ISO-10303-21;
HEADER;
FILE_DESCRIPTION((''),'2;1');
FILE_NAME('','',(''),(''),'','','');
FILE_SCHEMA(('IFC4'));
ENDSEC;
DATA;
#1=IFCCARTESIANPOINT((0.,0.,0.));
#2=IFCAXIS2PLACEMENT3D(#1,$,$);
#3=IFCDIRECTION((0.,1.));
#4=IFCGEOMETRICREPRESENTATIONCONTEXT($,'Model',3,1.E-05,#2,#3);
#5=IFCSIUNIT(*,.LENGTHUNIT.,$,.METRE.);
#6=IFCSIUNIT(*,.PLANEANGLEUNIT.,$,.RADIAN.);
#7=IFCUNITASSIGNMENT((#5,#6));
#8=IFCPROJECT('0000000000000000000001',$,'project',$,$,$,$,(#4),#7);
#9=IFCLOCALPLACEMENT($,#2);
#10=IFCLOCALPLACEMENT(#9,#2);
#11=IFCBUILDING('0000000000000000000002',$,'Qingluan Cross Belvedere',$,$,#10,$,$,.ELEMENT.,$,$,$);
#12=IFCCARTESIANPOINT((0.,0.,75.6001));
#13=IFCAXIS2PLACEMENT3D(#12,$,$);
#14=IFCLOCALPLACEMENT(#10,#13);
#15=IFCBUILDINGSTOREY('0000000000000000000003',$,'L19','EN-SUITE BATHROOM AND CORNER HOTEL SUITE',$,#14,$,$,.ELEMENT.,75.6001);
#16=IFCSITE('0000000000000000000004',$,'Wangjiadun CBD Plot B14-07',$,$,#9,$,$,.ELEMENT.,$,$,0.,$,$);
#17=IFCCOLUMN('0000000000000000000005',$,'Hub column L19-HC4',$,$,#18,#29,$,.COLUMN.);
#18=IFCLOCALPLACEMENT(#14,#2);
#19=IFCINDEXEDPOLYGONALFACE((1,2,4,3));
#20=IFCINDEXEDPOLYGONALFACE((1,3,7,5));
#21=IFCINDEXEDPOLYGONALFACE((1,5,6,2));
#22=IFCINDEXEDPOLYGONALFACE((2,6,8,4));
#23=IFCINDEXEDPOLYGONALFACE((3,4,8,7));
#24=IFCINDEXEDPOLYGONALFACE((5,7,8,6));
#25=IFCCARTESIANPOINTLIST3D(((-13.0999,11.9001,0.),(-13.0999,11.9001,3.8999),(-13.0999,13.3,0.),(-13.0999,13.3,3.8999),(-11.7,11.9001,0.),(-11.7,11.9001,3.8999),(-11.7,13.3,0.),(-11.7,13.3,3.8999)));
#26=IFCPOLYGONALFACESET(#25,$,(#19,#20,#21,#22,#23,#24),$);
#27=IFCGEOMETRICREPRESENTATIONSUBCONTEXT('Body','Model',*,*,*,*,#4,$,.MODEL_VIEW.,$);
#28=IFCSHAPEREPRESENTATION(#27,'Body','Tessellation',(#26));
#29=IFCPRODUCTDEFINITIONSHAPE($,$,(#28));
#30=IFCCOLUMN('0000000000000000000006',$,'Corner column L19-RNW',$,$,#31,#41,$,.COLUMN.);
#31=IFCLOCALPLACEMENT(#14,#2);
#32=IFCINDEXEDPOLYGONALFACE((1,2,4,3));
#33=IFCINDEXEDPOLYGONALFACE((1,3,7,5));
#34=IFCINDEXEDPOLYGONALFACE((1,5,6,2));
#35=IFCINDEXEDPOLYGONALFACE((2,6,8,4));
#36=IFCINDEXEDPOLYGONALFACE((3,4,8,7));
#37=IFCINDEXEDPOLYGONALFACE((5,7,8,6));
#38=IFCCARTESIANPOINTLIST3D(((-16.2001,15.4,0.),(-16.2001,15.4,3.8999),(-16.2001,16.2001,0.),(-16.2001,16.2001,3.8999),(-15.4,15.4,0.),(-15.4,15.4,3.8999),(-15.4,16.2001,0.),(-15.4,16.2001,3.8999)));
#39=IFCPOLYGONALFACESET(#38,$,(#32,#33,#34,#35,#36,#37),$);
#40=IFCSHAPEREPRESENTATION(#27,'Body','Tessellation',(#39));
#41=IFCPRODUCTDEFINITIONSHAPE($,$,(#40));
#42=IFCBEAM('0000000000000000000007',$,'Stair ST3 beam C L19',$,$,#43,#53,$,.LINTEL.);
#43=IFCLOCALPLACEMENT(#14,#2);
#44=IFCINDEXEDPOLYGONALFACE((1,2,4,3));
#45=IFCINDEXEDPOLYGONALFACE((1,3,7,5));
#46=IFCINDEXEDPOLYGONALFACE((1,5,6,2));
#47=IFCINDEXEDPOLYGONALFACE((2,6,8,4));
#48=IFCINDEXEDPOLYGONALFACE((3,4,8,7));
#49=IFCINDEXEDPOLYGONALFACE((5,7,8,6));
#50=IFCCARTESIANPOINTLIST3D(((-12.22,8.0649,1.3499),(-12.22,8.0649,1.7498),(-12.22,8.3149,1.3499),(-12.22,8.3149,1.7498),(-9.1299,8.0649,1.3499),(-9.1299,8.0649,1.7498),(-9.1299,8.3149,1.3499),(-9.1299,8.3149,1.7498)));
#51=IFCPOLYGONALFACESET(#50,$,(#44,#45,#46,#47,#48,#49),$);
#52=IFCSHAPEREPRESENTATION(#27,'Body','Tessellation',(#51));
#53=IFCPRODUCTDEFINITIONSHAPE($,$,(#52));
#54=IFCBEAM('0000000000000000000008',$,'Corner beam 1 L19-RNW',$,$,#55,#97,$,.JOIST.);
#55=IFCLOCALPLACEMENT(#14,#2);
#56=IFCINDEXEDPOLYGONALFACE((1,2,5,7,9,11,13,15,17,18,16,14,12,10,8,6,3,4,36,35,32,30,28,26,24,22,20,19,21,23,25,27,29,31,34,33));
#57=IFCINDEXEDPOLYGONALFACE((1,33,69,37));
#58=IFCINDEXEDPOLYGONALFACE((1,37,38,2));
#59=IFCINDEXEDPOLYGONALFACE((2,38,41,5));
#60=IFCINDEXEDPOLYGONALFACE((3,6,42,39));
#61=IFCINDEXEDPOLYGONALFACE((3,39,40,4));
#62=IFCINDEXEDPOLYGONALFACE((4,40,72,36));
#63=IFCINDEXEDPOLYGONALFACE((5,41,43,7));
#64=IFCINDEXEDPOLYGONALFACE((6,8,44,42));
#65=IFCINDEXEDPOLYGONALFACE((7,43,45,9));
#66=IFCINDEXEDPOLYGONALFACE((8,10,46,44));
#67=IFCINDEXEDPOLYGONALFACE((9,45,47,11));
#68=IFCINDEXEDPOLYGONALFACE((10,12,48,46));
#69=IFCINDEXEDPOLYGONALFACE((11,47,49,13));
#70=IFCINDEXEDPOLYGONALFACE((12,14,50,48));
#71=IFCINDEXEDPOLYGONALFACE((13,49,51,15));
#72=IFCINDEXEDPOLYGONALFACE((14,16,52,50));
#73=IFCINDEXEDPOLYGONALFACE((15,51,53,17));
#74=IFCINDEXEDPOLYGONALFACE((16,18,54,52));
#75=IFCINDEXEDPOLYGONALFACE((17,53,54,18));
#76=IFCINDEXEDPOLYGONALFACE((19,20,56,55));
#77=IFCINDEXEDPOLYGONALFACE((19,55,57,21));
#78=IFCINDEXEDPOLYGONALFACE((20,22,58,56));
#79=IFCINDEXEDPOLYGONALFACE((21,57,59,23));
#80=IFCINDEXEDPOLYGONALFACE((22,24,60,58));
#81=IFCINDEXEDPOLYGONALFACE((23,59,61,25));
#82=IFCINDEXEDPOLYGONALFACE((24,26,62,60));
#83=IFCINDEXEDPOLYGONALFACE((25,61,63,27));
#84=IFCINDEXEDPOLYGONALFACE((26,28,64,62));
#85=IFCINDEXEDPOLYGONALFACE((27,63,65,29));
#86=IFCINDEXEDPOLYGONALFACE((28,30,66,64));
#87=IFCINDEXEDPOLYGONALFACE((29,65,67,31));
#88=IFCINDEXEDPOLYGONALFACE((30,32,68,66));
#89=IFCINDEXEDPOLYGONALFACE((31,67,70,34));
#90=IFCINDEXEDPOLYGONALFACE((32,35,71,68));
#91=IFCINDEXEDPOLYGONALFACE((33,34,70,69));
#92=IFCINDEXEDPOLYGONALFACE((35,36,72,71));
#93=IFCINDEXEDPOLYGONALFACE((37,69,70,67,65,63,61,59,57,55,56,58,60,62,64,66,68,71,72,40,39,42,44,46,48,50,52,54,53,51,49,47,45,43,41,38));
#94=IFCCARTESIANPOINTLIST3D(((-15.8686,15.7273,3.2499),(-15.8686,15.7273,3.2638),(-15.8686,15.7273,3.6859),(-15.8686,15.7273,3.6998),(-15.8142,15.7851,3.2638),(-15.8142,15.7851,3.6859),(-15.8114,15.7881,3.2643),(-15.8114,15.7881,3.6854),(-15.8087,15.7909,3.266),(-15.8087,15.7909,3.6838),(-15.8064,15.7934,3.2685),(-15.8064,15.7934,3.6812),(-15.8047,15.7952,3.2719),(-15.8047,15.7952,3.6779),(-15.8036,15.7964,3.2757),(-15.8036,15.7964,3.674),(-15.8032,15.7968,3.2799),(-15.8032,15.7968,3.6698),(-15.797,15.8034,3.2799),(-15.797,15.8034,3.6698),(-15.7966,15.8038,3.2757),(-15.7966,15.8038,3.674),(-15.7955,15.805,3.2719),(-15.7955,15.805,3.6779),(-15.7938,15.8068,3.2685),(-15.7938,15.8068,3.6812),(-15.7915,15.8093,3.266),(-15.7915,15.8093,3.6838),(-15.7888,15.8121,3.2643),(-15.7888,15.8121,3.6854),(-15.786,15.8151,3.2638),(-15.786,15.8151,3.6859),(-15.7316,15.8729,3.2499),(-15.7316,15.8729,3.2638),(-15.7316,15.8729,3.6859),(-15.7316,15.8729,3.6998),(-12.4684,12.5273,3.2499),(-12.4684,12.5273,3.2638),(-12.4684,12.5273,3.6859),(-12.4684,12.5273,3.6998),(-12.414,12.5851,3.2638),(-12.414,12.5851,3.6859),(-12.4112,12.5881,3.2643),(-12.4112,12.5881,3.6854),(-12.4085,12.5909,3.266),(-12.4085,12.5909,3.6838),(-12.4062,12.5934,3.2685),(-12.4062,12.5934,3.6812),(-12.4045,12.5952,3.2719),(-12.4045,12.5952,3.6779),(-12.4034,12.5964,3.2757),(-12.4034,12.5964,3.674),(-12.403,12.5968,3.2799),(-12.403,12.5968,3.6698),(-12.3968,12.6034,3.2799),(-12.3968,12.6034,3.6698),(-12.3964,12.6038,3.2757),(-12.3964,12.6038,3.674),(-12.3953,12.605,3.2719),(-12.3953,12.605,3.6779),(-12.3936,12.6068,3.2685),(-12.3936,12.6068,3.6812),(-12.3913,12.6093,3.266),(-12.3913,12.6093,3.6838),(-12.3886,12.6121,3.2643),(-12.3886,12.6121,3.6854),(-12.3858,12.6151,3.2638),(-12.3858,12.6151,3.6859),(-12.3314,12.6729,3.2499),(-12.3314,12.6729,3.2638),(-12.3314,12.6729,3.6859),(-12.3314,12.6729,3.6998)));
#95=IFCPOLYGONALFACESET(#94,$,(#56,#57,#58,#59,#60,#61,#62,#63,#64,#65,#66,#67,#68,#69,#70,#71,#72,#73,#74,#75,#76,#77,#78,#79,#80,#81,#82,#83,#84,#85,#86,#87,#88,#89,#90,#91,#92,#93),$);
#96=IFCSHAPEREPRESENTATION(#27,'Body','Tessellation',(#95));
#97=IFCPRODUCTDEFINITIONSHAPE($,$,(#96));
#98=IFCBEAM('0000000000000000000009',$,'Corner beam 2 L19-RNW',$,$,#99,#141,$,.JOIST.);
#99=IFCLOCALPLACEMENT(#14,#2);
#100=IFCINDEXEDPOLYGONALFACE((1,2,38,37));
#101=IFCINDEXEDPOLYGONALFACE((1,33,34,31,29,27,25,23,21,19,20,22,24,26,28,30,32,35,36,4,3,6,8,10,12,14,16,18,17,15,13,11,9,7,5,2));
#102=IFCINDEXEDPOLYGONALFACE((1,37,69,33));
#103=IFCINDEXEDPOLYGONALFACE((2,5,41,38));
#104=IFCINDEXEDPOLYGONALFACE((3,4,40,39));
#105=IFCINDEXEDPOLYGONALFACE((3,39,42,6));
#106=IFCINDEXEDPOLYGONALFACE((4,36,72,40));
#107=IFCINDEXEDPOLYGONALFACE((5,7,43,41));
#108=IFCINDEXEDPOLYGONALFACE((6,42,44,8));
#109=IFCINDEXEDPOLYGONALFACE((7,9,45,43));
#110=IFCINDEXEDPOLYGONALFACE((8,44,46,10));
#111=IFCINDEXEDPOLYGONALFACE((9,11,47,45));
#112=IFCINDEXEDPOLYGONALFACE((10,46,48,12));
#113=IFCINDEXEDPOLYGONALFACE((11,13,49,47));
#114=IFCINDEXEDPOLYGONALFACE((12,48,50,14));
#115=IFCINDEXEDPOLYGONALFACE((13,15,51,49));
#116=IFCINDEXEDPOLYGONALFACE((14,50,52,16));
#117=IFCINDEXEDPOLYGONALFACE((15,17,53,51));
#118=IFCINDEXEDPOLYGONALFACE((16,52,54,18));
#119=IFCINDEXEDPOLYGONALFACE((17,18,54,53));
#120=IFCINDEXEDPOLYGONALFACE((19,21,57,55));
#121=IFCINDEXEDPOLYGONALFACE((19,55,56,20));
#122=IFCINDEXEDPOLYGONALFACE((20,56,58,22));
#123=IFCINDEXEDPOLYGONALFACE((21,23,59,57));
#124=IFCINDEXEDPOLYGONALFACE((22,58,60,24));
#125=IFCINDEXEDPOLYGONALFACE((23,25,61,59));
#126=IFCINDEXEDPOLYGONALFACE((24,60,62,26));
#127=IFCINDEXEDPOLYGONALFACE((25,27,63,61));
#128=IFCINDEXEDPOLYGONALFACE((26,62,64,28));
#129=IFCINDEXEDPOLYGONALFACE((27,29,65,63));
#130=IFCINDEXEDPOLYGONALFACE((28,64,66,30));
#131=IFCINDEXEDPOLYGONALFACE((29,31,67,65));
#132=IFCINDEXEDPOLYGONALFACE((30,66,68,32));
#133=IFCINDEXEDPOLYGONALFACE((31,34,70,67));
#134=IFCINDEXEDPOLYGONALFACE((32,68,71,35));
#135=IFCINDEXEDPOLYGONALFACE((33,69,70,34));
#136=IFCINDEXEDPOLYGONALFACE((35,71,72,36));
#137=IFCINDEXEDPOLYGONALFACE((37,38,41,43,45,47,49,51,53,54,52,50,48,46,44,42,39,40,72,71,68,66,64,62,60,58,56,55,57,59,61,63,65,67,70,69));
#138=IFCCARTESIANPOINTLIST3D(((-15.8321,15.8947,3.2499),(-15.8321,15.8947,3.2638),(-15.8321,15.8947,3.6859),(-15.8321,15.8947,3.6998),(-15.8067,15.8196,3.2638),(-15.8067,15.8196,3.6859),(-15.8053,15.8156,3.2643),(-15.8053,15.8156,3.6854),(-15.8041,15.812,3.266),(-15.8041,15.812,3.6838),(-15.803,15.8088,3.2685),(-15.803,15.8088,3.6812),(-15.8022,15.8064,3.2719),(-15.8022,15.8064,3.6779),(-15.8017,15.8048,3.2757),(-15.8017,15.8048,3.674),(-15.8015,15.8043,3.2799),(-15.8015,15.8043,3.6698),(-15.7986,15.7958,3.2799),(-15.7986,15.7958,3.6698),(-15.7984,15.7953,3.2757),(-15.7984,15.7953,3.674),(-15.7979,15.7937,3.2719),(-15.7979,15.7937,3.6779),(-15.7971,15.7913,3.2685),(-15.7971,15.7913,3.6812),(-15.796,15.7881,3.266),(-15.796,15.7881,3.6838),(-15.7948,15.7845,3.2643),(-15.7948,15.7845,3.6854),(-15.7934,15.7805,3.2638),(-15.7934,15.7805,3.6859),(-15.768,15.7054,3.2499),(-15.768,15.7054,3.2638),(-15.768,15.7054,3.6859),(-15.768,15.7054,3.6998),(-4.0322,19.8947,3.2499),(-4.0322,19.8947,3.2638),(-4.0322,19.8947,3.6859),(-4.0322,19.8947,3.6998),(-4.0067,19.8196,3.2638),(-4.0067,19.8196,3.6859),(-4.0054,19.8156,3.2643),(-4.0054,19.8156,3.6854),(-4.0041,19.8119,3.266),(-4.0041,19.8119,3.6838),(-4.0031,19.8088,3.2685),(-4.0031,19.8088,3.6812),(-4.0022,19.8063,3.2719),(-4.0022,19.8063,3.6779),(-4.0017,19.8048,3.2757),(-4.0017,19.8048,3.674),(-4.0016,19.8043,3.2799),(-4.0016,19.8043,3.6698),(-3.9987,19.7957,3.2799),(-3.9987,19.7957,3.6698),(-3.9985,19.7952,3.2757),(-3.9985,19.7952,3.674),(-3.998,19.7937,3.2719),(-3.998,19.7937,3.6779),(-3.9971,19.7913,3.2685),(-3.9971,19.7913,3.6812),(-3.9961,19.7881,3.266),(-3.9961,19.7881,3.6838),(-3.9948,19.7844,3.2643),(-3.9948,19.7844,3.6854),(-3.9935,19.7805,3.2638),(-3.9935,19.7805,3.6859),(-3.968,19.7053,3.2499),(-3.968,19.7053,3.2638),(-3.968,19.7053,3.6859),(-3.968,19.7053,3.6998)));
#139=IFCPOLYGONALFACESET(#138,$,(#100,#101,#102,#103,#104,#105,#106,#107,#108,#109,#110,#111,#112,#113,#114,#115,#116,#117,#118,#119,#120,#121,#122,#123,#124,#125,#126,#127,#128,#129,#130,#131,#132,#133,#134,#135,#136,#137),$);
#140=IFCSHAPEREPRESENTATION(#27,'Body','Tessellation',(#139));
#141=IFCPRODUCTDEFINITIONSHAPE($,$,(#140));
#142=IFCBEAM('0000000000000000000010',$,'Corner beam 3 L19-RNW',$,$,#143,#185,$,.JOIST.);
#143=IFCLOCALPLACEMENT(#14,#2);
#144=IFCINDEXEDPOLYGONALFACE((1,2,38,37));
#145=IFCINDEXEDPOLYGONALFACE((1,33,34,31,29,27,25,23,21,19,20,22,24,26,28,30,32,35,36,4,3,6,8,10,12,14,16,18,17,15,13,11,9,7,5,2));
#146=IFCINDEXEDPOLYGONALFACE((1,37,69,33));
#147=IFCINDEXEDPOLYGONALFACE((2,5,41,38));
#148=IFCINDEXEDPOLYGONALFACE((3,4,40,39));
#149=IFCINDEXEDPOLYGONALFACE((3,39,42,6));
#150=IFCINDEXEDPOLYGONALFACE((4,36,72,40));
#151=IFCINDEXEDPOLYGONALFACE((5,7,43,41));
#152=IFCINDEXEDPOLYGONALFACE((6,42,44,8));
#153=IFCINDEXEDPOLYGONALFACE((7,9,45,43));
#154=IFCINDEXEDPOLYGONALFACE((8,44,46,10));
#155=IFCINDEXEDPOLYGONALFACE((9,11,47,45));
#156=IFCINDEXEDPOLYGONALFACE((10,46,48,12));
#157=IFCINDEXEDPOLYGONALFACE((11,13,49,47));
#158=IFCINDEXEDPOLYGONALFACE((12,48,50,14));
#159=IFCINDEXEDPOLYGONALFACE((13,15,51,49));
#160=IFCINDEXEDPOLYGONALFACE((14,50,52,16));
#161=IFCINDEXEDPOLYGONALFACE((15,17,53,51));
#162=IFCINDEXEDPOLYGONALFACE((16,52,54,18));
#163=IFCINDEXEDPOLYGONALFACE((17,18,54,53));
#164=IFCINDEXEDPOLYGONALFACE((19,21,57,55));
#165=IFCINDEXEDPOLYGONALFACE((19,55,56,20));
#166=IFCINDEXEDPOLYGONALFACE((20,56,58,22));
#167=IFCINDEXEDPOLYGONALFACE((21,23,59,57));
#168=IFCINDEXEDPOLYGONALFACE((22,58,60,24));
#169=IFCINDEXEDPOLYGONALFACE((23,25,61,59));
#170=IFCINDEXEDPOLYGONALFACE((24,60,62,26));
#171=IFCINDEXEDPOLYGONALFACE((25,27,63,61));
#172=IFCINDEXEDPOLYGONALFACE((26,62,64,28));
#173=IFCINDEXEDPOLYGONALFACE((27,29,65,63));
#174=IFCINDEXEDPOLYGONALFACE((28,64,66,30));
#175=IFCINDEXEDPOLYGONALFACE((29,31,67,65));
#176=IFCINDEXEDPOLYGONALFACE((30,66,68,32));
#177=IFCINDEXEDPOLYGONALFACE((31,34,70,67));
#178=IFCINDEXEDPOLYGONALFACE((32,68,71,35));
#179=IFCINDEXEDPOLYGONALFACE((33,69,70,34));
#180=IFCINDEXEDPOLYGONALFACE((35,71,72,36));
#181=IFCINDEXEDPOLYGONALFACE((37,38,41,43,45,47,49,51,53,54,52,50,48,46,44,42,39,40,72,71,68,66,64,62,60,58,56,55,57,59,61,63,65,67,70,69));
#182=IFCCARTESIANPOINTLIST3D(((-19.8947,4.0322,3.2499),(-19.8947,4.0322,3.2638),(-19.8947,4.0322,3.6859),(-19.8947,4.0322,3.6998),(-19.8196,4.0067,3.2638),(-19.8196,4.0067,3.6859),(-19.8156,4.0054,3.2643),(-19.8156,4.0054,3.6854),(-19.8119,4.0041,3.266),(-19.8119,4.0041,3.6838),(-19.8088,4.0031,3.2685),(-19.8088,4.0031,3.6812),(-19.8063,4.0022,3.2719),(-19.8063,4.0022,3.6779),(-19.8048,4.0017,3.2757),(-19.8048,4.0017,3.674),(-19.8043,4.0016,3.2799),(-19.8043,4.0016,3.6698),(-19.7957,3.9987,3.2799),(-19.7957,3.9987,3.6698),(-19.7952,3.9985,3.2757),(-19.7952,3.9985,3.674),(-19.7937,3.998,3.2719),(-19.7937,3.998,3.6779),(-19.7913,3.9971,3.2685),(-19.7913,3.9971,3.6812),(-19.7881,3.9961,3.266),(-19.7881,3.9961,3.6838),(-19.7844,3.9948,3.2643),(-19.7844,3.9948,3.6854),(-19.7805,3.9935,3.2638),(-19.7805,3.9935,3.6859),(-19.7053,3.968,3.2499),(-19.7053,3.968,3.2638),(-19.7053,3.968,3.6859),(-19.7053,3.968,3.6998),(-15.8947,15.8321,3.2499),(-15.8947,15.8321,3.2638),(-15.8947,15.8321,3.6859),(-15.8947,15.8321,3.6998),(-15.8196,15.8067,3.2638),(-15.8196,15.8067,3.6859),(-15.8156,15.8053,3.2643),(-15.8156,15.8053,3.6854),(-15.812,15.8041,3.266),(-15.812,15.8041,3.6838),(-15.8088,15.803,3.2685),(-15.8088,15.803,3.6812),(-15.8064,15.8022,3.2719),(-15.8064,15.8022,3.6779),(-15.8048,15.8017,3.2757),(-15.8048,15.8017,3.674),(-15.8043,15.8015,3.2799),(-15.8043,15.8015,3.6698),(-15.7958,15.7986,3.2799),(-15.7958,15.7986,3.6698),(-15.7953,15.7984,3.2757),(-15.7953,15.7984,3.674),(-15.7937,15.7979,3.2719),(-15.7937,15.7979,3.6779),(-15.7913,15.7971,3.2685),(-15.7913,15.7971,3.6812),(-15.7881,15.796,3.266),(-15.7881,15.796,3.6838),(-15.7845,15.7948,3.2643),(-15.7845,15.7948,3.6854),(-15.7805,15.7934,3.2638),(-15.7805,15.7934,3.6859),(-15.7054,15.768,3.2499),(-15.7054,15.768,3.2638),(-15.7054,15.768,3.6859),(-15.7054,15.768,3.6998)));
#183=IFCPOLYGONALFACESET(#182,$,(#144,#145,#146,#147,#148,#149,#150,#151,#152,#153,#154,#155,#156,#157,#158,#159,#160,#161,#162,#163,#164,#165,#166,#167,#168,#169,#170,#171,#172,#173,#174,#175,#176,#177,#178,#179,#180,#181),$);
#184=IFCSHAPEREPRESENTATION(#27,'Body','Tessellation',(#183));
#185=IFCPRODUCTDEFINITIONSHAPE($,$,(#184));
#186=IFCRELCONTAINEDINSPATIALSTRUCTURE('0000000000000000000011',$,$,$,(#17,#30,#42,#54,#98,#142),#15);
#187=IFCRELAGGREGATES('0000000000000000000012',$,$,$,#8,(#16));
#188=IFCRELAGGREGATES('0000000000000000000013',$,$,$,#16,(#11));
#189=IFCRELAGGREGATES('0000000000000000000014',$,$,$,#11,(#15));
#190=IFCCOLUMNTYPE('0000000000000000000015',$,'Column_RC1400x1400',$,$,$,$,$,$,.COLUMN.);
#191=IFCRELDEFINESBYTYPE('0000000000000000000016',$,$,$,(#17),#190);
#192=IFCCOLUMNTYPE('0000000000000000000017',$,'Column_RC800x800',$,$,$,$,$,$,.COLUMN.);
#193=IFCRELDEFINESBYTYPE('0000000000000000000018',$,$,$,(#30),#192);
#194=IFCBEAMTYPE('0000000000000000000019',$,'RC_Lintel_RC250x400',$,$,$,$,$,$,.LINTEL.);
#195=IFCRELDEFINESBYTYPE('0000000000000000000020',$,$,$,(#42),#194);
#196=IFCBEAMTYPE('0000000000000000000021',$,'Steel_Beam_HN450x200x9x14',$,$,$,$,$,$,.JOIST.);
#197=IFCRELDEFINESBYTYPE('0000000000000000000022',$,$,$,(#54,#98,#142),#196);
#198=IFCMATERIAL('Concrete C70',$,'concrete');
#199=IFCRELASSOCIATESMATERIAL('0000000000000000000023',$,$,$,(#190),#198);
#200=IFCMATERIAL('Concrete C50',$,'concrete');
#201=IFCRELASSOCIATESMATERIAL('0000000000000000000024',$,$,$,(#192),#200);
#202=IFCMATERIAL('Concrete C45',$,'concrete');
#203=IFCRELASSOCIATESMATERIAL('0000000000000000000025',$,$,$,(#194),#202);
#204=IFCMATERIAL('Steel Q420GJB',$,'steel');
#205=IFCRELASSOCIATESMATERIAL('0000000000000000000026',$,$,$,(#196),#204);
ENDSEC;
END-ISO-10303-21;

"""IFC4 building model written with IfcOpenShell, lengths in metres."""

from ifc_helpers import new_model, si_unit, direction, frame, origin, origin_2d, place, context, subcontext, project, spatial, rectangle, i_section, extrude, material, material_profile, profile_set, type_object, element, save


model = new_model("IFC4")

# Units and contexts
model_context = context("Model", 3, precision=1e-05, world=origin(), true_north=direction((0.0, 1.0)))
body_context = subcontext(model_context, "Body", "Model", "MODEL_VIEW")
ifc_project = project(units=[si_unit("LENGTHUNIT", "METRE"), si_unit("PLANEANGLEUNIT", "RADIAN")], contexts=[model_context])

# Site, building, storey
site_placement = place(None, origin())
site = spatial("IfcSite", under=ifc_project, at=site_placement, Name="Wangjiadun CBD Plot B14-07", CompositionType="ELEMENT", RefElevation=0.0)
building_placement = place(site_placement, origin())
building = spatial("IfcBuilding", under=site, at=building_placement, Name="Qingluan Cross Belvedere", CompositionType="ELEMENT")
storey_placement = place(building_placement, frame((0.0, 0.0, 75.6001)))
storey = spatial("IfcBuildingStorey", under=building, at=storey_placement, Name="L19", Description="EN-SUITE BATHROOM AND CORNER HOTEL SUITE", CompositionType="ELEMENT", Elevation=75.6001)

# Columns
ifc_material_1 = material(Name="Concrete C70", Category="concrete")
ifc_material_profile_1 = material_profile(ifc_material_1, rectangle(XDim=1.3999, YDim=1.3999, at=origin_2d()), Name="RC1400x1400")
ifc_profile_set_1 = profile_set([ifc_material_profile_1], Name="Concrete C70")
column_type_1 = type_object("IfcColumnType", Name="Column_RC1400x1400", PredefinedType="COLUMN", material=ifc_profile_set_1)
column_1_placement = place(storey_placement, frame((-12.3999, 12.6001, 0.0), z_axis=(0.0, 0.0, 1.0), x_axis=(1.0, 0.0, 0.0)))
element("IfcColumn", 1, at=column_1_placement, inside=storey, type_object=column_type_1, Name="Hub column L19-HC4", PredefinedType="COLUMN", context=body_context, shape_type="SweptSolid", body=[
    extrude(rectangle(XDim=1.3999, YDim=1.3999, at=origin_2d()), origin(), (0.0, 0.0, 1.0), 3.8999),
])
ifc_material_2 = material(Name="Concrete C50", Category="concrete")
ifc_material_profile_2 = material_profile(ifc_material_2, rectangle(XDim=0.8, YDim=0.8, at=origin_2d()), Name="RC800x800")
ifc_profile_set_2 = profile_set([ifc_material_profile_2], Name="Concrete C50")
column_type_2 = type_object("IfcColumnType", Name="Column_RC800x800", PredefinedType="COLUMN", material=ifc_profile_set_2)
column_2_placement = place(storey_placement, frame((-15.8, 15.8, 0.0), z_axis=(0.0, 0.0, 1.0), x_axis=(1.0, 0.0, 0.0)))
element("IfcColumn", 2, at=column_2_placement, inside=storey, type_object=column_type_2, Name="Corner column L19-RNW", PredefinedType="COLUMN", context=body_context, shape_type="SweptSolid", body=[
    extrude(rectangle(XDim=0.8, YDim=0.8, at=origin_2d()), origin(), (0.0, 0.0, 1.0), 3.8999),
])

# Beams
ifc_material_3 = material(Name="Concrete C45", Category="concrete")
ifc_material_profile_3 = material_profile(ifc_material_3, rectangle(XDim=0.25, YDim=0.3999, at=origin_2d()), Name="RC250x400")
ifc_profile_set_3 = profile_set([ifc_material_profile_3], Name="Concrete C45")
beam_type_1 = type_object("IfcBeamType", Name="RC_Lintel_RC250x400", PredefinedType="LINTEL", material=ifc_profile_set_3)
beam_1_placement = place(storey_placement, frame((-12.22, 8.1899, 1.5498), z_axis=(1.0, 0.0, 0.0), x_axis=(0.0, 1.0, 0.0)))
element("IfcBeam", 3, at=beam_1_placement, inside=storey, type_object=beam_type_1, Name="Stair ST3 beam C L19", PredefinedType="LINTEL", context=body_context, shape_type="SweptSolid", body=[
    extrude(rectangle(XDim=0.25, YDim=0.3999, at=origin_2d()), origin(), (0.0, 0.0, 1.0), 3.0901),
])
ifc_material_4 = material(Name="Steel Q420GJB", Category="steel")
ifc_material_profile_4 = material_profile(ifc_material_4, i_section(OverallWidth=0.2, OverallDepth=0.45, WebThickness=0.009, FlangeThickness=0.0139, FilletRadius=0.0161, at=origin_2d()), Name="HN450x200x9x14")
ifc_profile_set_4 = profile_set([ifc_material_profile_4], Name="Steel Q420GJB")
beam_type_2 = type_object("IfcBeamType", Name="Steel_Beam_HN450x200x9x14", PredefinedType="JOIST", material=ifc_profile_set_4)
beam_2_placement = place(storey_placement, frame((-12.3999, 12.6001, 3.4749), z_axis=(-0.72822, 0.685343, 0.0), x_axis=(-0.685343, -0.72822, 0.0)))
element("IfcBeam", 4, at=beam_2_placement, inside=storey, type_object=beam_type_2, Name="Corner beam 1 L19-RNW", PredefinedType="JOIST", context=body_context, shape_type="SweptSolid", body=[
    extrude(i_section(OverallWidth=0.2, OverallDepth=0.45, WebThickness=0.009, FlangeThickness=0.0139, FilletRadius=0.0161, at=origin_2d()), origin(), (0.0, 0.0, 1.0), 4.6692),
])
for number, where, z_axis, x_axis, name in (
    (5, (-15.8, 15.8, 3.4749), (0.947066, 0.321038, 0.0), (-0.321038, 0.947066, 0.0), "Corner beam 2 L19-RNW"),
    (6, (-15.8, 15.8, 3.4749), (-0.321038, -0.947066, 0.0), (0.947066, -0.321038, 0.0), "Corner beam 3 L19-RNW"),
):
    element("IfcBeam", number, at=place(storey_placement, frame(where, z_axis=z_axis, x_axis=x_axis)), inside=storey, type_object=beam_type_2, Name=name, PredefinedType="JOIST", context=body_context, shape_type="SweptSolid", body=[
        extrude(i_section(OverallWidth=0.2, OverallDepth=0.45, WebThickness=0.009, FlangeThickness=0.0139, FilletRadius=0.0161, at=origin_2d()), origin(), (0.0, 0.0, 1.0), 12.4595),
    ])

save(model, "model.ifc")
